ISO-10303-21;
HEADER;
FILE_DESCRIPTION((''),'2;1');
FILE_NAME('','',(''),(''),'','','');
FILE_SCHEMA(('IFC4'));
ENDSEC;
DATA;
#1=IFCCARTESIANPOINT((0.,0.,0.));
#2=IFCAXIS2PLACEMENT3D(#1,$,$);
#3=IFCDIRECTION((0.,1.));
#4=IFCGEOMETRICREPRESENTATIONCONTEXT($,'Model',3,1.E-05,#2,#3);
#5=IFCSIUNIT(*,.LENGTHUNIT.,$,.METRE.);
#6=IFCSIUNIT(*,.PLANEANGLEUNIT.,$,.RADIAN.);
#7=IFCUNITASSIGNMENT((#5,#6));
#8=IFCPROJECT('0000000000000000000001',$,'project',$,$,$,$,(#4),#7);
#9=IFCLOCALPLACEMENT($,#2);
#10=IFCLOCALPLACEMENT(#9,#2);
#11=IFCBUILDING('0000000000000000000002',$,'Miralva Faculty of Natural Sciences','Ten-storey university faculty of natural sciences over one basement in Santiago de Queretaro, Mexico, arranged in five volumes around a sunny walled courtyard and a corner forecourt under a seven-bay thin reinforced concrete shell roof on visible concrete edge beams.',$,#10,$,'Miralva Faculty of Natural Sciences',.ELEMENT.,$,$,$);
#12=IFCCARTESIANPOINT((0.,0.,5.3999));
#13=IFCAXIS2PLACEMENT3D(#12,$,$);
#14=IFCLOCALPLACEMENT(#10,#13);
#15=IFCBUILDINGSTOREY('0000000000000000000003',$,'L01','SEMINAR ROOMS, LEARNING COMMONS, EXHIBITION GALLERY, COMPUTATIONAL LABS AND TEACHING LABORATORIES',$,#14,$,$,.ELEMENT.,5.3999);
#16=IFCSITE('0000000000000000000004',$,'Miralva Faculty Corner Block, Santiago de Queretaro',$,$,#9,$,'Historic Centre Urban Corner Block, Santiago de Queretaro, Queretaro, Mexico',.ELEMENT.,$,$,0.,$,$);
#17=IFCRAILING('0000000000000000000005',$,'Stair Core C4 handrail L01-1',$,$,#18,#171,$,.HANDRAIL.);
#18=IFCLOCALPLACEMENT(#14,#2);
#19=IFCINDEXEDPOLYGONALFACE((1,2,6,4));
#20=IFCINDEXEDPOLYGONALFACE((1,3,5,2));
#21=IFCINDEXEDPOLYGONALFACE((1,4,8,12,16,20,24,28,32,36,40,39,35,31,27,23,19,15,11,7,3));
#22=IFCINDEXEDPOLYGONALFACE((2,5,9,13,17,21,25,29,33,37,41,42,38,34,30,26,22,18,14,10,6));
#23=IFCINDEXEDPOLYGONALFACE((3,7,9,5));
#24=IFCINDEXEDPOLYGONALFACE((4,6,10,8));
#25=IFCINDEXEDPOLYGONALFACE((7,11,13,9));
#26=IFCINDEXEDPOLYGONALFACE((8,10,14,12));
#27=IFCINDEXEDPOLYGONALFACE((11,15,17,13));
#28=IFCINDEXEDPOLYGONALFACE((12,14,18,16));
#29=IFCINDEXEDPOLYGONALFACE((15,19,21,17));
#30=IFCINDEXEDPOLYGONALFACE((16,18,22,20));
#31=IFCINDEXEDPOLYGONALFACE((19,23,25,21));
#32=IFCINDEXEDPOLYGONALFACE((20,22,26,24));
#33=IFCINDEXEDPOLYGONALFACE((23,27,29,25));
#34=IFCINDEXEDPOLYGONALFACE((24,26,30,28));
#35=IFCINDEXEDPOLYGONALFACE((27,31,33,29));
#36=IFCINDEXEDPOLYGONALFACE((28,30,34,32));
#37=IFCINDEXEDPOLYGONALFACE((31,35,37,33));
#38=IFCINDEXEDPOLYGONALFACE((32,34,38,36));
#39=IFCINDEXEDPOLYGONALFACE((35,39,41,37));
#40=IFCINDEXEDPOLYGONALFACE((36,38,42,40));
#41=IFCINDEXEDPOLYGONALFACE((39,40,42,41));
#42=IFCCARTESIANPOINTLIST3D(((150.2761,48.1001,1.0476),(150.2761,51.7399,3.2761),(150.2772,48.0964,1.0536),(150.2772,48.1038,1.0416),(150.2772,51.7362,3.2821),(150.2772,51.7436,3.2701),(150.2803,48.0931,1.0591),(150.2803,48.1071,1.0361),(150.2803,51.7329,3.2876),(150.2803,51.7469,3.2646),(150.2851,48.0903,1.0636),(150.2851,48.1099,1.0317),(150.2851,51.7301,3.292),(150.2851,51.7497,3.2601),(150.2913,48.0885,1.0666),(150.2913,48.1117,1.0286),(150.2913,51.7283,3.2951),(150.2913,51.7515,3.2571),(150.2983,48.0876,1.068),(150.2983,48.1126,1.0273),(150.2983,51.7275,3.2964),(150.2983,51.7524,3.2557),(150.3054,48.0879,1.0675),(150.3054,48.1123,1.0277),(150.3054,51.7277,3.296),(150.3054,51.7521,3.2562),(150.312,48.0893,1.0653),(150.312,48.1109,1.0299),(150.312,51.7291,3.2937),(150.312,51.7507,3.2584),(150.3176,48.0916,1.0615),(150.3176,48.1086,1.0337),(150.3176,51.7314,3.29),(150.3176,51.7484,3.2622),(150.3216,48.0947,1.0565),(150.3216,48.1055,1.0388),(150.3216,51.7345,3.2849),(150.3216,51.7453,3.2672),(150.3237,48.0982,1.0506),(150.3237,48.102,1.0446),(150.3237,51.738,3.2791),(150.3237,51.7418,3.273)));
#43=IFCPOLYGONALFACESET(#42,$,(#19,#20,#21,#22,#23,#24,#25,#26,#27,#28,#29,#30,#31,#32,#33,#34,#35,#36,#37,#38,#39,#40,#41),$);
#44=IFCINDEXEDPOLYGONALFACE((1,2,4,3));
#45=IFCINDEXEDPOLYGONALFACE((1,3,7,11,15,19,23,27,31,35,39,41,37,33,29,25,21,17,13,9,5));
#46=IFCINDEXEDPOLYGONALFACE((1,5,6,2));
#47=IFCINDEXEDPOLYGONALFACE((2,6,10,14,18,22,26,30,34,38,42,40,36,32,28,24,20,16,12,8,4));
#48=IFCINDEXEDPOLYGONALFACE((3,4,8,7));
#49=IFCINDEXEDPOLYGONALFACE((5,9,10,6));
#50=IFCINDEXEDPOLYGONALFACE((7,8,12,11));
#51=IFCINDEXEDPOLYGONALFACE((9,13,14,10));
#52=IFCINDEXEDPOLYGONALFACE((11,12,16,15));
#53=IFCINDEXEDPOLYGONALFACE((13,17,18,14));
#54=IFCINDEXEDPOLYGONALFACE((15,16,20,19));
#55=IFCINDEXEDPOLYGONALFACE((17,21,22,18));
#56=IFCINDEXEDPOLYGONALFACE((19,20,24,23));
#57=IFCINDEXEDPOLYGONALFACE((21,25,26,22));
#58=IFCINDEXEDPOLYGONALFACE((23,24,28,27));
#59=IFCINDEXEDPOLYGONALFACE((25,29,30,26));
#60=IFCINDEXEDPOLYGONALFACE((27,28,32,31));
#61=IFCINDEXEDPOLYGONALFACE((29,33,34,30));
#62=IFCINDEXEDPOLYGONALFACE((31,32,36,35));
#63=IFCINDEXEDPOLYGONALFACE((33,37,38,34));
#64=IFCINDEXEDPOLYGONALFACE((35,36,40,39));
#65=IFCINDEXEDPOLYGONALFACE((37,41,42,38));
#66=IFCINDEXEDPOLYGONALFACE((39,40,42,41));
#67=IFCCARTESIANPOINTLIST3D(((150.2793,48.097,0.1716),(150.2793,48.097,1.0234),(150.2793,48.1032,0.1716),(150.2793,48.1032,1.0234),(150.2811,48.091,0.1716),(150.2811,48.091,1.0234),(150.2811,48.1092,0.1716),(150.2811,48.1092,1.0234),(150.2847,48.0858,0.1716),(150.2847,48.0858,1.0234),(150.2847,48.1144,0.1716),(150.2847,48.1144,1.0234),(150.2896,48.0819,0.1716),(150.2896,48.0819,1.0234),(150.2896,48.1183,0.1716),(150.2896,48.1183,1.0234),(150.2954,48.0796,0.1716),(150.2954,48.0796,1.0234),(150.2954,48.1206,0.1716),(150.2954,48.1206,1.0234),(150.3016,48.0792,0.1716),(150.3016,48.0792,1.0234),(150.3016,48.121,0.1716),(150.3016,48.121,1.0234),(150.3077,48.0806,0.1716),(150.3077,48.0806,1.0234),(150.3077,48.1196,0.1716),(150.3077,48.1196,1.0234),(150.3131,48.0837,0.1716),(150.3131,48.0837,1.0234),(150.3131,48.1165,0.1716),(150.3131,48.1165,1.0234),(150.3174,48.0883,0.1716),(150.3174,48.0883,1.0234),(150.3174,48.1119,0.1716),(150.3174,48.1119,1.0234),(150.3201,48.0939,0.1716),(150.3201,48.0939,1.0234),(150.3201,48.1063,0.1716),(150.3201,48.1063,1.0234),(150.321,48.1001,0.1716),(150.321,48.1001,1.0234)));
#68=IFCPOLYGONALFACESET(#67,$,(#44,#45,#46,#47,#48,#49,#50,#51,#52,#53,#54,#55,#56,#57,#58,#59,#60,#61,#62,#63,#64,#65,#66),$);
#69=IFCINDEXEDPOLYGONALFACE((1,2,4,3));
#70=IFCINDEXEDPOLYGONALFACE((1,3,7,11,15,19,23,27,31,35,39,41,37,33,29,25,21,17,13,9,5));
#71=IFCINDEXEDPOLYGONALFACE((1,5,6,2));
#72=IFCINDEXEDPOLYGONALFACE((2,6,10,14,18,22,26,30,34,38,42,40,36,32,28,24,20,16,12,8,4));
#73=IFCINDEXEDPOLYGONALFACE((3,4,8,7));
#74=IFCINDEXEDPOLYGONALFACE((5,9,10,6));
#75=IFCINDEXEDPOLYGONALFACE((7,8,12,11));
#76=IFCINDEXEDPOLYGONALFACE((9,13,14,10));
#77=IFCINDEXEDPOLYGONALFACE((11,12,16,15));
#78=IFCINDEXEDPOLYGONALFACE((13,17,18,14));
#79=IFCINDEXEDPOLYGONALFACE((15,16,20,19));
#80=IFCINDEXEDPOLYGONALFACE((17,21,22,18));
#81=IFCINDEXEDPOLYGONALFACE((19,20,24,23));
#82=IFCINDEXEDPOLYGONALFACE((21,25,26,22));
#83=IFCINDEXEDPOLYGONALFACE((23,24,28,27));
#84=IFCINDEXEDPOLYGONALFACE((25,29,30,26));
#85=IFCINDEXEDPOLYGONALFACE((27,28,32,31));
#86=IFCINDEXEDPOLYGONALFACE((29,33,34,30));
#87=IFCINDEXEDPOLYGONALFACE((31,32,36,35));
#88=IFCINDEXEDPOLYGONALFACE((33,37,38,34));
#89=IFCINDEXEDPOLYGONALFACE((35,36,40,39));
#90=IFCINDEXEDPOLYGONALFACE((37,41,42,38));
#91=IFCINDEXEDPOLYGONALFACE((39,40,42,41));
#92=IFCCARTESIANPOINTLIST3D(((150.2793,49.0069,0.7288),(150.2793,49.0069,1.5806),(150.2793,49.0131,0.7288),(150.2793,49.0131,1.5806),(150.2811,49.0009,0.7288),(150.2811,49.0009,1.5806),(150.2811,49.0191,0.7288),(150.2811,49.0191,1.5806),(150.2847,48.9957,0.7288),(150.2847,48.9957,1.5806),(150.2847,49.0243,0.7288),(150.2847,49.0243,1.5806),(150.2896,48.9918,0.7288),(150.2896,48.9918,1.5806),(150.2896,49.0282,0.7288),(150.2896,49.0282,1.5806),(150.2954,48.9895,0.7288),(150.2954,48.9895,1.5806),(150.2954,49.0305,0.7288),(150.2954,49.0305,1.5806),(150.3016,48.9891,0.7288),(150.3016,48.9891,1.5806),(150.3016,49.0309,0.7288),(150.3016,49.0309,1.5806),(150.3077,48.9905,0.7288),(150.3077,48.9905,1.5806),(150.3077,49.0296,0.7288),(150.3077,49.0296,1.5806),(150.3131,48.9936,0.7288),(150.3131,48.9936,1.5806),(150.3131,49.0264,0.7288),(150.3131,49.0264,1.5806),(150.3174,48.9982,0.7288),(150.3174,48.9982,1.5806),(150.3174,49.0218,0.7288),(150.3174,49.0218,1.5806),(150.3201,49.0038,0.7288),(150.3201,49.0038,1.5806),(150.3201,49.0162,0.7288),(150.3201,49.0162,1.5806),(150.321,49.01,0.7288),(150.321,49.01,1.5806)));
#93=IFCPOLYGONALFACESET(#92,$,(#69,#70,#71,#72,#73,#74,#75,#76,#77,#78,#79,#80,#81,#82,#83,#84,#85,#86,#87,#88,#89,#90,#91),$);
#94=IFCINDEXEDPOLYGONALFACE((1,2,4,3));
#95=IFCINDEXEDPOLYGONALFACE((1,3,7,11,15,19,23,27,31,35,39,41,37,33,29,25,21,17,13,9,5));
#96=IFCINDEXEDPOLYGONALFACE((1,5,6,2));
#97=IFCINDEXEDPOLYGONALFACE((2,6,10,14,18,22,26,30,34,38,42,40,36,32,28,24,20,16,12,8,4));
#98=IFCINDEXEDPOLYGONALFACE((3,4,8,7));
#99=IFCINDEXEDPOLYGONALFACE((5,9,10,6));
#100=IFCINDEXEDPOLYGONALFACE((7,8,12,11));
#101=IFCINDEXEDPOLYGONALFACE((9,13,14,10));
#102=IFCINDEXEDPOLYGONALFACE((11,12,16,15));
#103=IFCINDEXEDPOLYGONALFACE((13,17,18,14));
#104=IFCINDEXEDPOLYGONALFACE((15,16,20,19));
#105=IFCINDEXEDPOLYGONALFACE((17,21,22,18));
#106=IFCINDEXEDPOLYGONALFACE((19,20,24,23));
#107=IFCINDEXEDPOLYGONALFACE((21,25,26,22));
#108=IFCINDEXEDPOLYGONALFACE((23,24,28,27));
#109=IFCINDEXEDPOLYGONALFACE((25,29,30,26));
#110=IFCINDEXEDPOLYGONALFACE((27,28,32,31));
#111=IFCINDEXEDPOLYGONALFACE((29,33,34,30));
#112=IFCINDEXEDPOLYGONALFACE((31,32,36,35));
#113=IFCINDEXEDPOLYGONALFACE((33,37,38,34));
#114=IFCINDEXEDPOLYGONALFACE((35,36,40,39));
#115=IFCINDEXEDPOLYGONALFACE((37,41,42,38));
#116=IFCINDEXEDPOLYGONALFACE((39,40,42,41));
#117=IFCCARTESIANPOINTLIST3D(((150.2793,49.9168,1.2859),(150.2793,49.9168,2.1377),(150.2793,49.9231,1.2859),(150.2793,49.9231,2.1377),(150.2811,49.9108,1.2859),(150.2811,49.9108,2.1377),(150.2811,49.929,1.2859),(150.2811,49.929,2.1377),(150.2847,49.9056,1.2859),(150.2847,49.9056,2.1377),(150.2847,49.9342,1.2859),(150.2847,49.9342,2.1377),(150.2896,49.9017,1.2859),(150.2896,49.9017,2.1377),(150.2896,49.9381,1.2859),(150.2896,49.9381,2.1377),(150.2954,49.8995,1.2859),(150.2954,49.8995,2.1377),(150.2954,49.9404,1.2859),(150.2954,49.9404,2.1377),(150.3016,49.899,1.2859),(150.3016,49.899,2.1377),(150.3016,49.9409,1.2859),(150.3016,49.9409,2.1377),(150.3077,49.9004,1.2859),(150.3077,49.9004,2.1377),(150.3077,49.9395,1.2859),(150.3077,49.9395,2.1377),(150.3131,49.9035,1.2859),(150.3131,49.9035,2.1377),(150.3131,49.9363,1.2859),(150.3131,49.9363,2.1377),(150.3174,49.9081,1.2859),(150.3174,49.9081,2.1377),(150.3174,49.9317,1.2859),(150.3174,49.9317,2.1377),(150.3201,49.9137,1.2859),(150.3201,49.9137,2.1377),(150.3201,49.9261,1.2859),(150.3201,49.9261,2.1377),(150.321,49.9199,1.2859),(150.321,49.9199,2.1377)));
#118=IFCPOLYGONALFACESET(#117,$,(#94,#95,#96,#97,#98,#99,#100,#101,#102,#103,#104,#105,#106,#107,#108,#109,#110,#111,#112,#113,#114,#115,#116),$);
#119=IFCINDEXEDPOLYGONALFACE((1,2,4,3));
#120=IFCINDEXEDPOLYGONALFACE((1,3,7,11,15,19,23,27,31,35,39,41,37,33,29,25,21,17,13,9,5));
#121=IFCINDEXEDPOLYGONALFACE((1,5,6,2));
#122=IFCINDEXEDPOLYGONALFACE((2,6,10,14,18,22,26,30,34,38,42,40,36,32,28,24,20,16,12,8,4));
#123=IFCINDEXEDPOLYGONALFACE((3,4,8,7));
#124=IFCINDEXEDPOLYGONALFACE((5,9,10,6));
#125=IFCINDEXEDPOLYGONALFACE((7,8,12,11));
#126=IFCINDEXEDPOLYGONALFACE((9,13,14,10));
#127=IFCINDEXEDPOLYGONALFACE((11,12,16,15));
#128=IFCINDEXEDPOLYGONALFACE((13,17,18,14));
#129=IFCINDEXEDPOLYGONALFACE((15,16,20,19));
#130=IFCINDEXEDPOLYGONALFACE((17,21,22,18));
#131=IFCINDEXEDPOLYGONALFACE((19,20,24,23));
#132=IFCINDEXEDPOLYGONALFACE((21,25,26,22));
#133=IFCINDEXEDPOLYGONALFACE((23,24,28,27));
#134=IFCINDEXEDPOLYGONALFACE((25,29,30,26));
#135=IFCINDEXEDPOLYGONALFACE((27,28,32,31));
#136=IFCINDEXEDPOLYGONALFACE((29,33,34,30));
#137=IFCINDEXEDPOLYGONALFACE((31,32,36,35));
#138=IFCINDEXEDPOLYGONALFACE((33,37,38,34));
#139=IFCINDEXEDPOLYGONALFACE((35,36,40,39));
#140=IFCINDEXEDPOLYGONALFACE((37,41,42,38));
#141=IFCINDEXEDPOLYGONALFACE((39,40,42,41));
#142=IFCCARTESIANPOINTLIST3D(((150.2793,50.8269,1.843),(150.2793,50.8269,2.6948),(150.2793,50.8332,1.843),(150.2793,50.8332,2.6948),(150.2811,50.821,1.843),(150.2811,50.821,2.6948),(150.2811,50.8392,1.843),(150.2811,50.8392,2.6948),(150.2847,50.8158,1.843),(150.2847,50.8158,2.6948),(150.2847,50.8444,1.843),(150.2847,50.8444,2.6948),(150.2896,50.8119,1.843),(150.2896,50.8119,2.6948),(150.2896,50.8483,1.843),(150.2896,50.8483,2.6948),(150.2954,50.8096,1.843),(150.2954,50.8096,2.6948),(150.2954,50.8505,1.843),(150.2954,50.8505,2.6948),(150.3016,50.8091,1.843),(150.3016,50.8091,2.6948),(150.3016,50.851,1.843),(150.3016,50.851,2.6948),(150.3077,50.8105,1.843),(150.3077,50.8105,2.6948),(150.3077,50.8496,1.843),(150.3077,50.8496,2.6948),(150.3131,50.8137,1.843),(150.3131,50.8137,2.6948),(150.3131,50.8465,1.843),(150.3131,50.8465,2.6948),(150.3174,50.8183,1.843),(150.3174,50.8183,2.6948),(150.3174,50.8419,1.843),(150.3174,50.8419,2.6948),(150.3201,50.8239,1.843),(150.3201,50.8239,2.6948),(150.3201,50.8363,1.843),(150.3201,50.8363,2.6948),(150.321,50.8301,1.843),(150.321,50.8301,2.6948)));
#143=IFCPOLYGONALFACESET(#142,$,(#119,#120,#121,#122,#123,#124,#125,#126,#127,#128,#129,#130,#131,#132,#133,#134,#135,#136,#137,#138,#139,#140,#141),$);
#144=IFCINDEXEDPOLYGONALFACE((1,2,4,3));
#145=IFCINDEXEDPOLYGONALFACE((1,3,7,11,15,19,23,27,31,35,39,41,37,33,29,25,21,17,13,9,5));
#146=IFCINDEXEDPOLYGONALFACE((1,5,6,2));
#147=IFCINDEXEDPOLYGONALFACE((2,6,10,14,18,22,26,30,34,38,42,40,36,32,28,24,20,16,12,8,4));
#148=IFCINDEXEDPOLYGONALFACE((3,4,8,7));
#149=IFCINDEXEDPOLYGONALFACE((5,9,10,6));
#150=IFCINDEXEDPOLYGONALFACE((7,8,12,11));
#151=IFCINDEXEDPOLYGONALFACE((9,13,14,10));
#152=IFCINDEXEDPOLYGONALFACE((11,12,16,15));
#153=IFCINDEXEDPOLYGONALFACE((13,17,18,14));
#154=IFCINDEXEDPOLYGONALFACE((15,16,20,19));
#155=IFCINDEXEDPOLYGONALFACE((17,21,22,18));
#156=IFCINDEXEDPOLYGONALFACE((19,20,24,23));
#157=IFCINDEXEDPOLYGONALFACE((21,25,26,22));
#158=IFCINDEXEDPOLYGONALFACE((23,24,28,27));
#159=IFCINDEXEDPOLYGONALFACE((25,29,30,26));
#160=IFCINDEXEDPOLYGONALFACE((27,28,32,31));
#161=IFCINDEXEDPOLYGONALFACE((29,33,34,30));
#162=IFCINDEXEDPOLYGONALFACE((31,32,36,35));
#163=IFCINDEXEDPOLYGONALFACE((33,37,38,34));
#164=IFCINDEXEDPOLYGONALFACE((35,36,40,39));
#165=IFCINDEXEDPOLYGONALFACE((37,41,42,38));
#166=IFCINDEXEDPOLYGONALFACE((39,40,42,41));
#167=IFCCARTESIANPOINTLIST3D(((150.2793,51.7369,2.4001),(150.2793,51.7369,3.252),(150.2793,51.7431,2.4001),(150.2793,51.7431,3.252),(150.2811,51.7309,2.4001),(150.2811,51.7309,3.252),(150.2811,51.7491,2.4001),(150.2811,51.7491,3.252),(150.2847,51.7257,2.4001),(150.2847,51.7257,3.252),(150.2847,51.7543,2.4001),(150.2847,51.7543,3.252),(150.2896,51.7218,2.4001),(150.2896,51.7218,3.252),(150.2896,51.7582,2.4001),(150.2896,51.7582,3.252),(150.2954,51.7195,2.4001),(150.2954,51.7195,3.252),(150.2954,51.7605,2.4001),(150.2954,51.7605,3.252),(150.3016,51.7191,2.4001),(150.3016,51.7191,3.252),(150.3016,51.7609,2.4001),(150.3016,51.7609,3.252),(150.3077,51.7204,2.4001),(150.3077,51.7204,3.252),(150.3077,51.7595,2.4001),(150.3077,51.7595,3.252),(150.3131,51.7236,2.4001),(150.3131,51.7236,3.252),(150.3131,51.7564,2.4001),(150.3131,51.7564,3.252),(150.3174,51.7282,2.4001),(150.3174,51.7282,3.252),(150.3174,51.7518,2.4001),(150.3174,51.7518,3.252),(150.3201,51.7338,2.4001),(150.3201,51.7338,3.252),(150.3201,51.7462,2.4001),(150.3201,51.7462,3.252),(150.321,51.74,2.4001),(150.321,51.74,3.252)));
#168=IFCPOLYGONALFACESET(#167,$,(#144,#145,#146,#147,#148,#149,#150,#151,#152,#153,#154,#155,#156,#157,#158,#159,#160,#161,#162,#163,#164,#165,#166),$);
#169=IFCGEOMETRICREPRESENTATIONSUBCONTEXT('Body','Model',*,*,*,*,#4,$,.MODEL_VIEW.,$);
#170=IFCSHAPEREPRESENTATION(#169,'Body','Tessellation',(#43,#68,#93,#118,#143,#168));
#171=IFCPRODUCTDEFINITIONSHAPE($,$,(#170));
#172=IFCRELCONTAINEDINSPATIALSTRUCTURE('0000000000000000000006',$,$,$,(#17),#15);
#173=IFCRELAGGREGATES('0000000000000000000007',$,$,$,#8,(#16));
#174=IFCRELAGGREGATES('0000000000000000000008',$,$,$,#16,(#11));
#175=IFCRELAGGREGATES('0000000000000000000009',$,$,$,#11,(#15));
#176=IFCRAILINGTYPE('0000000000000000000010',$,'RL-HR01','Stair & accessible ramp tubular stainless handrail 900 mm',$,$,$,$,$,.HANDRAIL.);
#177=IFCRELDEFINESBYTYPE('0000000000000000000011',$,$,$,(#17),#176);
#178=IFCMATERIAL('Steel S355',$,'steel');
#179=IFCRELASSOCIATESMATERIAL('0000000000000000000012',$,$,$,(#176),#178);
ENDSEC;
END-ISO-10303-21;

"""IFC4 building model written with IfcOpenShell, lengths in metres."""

from ifc_helpers import new_model, si_unit, direction, frame, origin, origin_2d, place, context, subcontext, project, spatial, circle, extrude, material, type_object, element, save


model = new_model("IFC4")

# Units and contexts
model_context = context("Model", 3, precision=1e-05, world=origin(), true_north=direction((0.0, 1.0)))
body_context = subcontext(model_context, "Body", "Model", "MODEL_VIEW")
ifc_project = project(units=[si_unit("LENGTHUNIT", "METRE"), si_unit("PLANEANGLEUNIT", "RADIAN")], contexts=[model_context])

# Site, building, storey
site_placement = place(None, origin())
site = spatial("IfcSite", under=ifc_project, at=site_placement, Name="Miralva Faculty Corner Block, Santiago de Queretaro", LongName="Historic Centre Urban Corner Block, Santiago de Queretaro, Queretaro, Mexico", CompositionType="ELEMENT", RefElevation=0.0)
building_placement = place(site_placement, origin())
building = spatial("IfcBuilding", under=site, at=building_placement, Name="Miralva Faculty of Natural Sciences", Description="Ten-storey university faculty of natural sciences over one basement in Santiago de Queretaro, Mexico, arranged in five volumes around a sunny walled courtyard and a corner forecourt under a seven-bay thin reinforced concrete shell roof on visible concrete edge beams.", LongName="Miralva Faculty of Natural Sciences", CompositionType="ELEMENT")
storey_placement = place(building_placement, frame((0.0, 0.0, 5.3999)))
storey = spatial("IfcBuildingStorey", under=building, at=storey_placement, Name="L01", Description="SEMINAR ROOMS, LEARNING COMMONS, EXHIBITION GALLERY, COMPUTATIONAL LABS AND TEACHING LABORATORIES", CompositionType="ELEMENT", Elevation=5.3999)

# Railing
ifc_material_1 = material(Name="Steel S355", Category="steel")
railing_type_1 = type_object("IfcRailingType", Name="RL-HR01", Description="Stair & accessible ramp tubular stainless handrail 900 mm", PredefinedType="HANDRAIL", material=ifc_material_1)
railing_1_placement = place(storey_placement, frame((150.3, 48.1001, 0.1716)))
element("IfcRailing", 1, at=railing_1_placement, inside=storey, type_object=railing_type_1, Name="Stair Core C4 handrail L01-1", PredefinedType="HANDRAIL", context=body_context, shape_type="SweptSolid", body=[
    extrude(circle(Radius=0.0239, at=origin_2d()), frame((0.0, 0.0, 0.876), z_axis=(0.0, 0.85285, 0.522156), x_axis=(-1.0, 0.0, 0.0)), (0.0, 0.0, 1.0), 4.2678),
    extrude(circle(Radius=0.021, at=origin_2d()), origin(), (0.0, 0.0, 1.0), 0.8518),
    extrude(circle(Radius=0.021, at=origin_2d()), frame((0.0, 0.9099, 0.5571)), (0.0, 0.0, 1.0), 0.8518),
    extrude(circle(Radius=0.021, at=origin_2d()), frame((0.0, 1.8198, 1.1143)), (0.0, 0.0, 1.0), 0.8518),
    extrude(circle(Radius=0.021, at=origin_2d()), frame((0.0, 2.73, 1.6714)), (0.0, 0.0, 1.0), 0.8518),
    extrude(circle(Radius=0.021, at=origin_2d()), frame((0.0, 3.6399, 2.2285)), (0.0, 0.0, 1.0), 0.8518),
])

save(model, "model.ifc")
